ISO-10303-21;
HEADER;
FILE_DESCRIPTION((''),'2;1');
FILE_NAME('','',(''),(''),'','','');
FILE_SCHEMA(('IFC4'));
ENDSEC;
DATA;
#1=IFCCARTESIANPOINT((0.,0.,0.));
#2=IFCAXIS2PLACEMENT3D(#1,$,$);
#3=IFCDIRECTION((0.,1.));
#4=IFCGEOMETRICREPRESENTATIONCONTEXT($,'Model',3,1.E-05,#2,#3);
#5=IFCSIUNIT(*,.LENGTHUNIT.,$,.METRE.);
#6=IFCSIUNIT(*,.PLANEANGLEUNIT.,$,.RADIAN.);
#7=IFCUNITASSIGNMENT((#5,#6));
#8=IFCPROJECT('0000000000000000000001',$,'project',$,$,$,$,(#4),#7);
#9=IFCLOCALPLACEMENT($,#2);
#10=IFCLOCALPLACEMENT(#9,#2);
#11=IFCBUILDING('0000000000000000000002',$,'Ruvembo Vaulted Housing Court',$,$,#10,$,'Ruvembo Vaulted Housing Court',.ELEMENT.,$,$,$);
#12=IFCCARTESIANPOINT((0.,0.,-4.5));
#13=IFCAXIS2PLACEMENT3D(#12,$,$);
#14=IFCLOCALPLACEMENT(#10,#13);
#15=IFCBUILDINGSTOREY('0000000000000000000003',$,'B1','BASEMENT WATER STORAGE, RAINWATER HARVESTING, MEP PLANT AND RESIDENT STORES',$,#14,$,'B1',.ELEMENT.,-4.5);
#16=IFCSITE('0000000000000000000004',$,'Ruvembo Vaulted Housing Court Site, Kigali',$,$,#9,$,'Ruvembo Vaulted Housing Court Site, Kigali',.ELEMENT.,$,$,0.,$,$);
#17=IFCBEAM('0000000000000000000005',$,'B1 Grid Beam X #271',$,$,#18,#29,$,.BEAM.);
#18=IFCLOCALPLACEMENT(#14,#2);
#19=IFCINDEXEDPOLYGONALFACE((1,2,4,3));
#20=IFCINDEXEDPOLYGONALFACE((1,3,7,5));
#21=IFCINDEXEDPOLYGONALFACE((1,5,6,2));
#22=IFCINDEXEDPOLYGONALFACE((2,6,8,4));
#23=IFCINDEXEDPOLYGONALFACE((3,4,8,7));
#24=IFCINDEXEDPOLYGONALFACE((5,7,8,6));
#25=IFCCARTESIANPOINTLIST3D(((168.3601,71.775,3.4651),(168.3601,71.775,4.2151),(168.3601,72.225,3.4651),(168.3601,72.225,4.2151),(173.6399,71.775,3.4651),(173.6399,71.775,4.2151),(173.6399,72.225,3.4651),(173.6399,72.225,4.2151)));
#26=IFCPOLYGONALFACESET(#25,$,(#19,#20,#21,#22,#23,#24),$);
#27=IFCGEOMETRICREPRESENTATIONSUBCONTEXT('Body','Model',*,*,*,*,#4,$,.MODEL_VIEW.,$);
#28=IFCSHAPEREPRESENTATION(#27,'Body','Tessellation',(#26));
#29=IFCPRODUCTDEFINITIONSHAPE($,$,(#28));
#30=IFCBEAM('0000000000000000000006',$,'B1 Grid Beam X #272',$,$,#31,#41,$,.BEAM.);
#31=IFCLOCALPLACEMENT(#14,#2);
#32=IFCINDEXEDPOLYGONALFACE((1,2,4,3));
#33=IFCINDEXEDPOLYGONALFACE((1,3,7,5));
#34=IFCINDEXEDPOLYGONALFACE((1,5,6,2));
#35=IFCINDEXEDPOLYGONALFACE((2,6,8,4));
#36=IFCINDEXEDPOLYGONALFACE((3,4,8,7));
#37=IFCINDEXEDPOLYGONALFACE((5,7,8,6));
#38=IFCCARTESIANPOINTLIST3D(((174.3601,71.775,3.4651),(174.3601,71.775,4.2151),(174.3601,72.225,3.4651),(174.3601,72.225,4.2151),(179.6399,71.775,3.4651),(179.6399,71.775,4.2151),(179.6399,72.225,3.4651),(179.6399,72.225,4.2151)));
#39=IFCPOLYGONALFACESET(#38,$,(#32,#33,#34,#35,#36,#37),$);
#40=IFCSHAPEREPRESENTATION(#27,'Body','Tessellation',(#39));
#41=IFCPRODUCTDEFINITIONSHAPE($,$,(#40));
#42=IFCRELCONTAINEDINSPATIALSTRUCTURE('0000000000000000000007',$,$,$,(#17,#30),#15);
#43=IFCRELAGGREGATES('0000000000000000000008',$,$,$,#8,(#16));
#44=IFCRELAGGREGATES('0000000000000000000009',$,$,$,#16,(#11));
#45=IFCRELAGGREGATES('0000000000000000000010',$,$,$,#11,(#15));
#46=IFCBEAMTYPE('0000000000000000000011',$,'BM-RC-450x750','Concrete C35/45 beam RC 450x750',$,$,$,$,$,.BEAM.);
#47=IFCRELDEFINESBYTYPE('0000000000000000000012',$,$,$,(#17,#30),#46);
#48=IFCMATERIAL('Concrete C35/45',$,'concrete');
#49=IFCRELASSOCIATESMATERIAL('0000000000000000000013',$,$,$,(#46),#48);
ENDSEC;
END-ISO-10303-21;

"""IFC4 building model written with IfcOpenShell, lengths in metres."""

from ifc_helpers import new_model, si_unit, direction, frame, origin, origin_2d, place, context, subcontext, project, spatial, rectangle, extrude, material, material_profile, profile_set, type_object, element, save


model = new_model("IFC4")

# Units and contexts
model_context = context("Model", 3, precision=1e-05, world=origin(), true_north=direction((0.0, 1.0)))
body_context = subcontext(model_context, "Body", "Model", "MODEL_VIEW")
ifc_project = project(units=[si_unit("LENGTHUNIT", "METRE"), si_unit("PLANEANGLEUNIT", "RADIAN")], contexts=[model_context])

# Site, building, storey
site_placement = place(None, origin())
site = spatial("IfcSite", under=ifc_project, at=site_placement, Name="Ruvembo Vaulted Housing Court Site, Kigali", LongName="Ruvembo Vaulted Housing Court Site, Kigali", CompositionType="ELEMENT", RefElevation=0.0)
building_placement = place(site_placement, origin())
building = spatial("IfcBuilding", under=site, at=building_placement, Name="Ruvembo Vaulted Housing Court", LongName="Ruvembo Vaulted Housing Court", CompositionType="ELEMENT")
storey_placement = place(building_placement, frame((0.0, 0.0, -4.5)))
storey = spatial("IfcBuildingStorey", under=building, at=storey_placement, Name="B1", Description="BASEMENT WATER STORAGE, RAINWATER HARVESTING, MEP PLANT AND RESIDENT STORES", LongName="B1", CompositionType="ELEMENT", Elevation=-4.5)

# Shared definitions
ifc_material_1 = material(Name="Concrete C35/45", Category="concrete")

# Beams
ifc_material_profile_1 = material_profile(ifc_material_1, rectangle(XDim=0.45, YDim=0.75, at=origin_2d()), Name="RC 450x750")
ifc_profile_set_1 = profile_set([ifc_material_profile_1], Name="Concrete C35/45")
beam_type_1 = type_object("IfcBeamType", Name="BM-RC-450x750", Description="Concrete C35/45 beam RC 450x750", PredefinedType="BEAM", material=ifc_profile_set_1)
for number, where, z_axis, x_axis, name in (
    (1, (168.3601, 72.0, 3.8401), (1.0, 0.0, 0.0), (0.0, 1.0, 0.0), "B1 Grid Beam X #271"),
    (2, (174.3601, 72.0, 3.8401), (1.0, 0.0, 0.0), (0.0, 1.0, 0.0), "B1 Grid Beam X #272"),
):
    element("IfcBeam", number, at=place(storey_placement, frame(where, z_axis=z_axis, x_axis=x_axis)), inside=storey, type_object=beam_type_1, Name=name, PredefinedType="BEAM", context=body_context, shape_type="SweptSolid", body=[
        extrude(rectangle(XDim=0.45, YDim=0.75, at=origin_2d()), origin(), (0.0, 0.0, 1.0), 5.2798),
    ])

save(model, "model.ifc")
